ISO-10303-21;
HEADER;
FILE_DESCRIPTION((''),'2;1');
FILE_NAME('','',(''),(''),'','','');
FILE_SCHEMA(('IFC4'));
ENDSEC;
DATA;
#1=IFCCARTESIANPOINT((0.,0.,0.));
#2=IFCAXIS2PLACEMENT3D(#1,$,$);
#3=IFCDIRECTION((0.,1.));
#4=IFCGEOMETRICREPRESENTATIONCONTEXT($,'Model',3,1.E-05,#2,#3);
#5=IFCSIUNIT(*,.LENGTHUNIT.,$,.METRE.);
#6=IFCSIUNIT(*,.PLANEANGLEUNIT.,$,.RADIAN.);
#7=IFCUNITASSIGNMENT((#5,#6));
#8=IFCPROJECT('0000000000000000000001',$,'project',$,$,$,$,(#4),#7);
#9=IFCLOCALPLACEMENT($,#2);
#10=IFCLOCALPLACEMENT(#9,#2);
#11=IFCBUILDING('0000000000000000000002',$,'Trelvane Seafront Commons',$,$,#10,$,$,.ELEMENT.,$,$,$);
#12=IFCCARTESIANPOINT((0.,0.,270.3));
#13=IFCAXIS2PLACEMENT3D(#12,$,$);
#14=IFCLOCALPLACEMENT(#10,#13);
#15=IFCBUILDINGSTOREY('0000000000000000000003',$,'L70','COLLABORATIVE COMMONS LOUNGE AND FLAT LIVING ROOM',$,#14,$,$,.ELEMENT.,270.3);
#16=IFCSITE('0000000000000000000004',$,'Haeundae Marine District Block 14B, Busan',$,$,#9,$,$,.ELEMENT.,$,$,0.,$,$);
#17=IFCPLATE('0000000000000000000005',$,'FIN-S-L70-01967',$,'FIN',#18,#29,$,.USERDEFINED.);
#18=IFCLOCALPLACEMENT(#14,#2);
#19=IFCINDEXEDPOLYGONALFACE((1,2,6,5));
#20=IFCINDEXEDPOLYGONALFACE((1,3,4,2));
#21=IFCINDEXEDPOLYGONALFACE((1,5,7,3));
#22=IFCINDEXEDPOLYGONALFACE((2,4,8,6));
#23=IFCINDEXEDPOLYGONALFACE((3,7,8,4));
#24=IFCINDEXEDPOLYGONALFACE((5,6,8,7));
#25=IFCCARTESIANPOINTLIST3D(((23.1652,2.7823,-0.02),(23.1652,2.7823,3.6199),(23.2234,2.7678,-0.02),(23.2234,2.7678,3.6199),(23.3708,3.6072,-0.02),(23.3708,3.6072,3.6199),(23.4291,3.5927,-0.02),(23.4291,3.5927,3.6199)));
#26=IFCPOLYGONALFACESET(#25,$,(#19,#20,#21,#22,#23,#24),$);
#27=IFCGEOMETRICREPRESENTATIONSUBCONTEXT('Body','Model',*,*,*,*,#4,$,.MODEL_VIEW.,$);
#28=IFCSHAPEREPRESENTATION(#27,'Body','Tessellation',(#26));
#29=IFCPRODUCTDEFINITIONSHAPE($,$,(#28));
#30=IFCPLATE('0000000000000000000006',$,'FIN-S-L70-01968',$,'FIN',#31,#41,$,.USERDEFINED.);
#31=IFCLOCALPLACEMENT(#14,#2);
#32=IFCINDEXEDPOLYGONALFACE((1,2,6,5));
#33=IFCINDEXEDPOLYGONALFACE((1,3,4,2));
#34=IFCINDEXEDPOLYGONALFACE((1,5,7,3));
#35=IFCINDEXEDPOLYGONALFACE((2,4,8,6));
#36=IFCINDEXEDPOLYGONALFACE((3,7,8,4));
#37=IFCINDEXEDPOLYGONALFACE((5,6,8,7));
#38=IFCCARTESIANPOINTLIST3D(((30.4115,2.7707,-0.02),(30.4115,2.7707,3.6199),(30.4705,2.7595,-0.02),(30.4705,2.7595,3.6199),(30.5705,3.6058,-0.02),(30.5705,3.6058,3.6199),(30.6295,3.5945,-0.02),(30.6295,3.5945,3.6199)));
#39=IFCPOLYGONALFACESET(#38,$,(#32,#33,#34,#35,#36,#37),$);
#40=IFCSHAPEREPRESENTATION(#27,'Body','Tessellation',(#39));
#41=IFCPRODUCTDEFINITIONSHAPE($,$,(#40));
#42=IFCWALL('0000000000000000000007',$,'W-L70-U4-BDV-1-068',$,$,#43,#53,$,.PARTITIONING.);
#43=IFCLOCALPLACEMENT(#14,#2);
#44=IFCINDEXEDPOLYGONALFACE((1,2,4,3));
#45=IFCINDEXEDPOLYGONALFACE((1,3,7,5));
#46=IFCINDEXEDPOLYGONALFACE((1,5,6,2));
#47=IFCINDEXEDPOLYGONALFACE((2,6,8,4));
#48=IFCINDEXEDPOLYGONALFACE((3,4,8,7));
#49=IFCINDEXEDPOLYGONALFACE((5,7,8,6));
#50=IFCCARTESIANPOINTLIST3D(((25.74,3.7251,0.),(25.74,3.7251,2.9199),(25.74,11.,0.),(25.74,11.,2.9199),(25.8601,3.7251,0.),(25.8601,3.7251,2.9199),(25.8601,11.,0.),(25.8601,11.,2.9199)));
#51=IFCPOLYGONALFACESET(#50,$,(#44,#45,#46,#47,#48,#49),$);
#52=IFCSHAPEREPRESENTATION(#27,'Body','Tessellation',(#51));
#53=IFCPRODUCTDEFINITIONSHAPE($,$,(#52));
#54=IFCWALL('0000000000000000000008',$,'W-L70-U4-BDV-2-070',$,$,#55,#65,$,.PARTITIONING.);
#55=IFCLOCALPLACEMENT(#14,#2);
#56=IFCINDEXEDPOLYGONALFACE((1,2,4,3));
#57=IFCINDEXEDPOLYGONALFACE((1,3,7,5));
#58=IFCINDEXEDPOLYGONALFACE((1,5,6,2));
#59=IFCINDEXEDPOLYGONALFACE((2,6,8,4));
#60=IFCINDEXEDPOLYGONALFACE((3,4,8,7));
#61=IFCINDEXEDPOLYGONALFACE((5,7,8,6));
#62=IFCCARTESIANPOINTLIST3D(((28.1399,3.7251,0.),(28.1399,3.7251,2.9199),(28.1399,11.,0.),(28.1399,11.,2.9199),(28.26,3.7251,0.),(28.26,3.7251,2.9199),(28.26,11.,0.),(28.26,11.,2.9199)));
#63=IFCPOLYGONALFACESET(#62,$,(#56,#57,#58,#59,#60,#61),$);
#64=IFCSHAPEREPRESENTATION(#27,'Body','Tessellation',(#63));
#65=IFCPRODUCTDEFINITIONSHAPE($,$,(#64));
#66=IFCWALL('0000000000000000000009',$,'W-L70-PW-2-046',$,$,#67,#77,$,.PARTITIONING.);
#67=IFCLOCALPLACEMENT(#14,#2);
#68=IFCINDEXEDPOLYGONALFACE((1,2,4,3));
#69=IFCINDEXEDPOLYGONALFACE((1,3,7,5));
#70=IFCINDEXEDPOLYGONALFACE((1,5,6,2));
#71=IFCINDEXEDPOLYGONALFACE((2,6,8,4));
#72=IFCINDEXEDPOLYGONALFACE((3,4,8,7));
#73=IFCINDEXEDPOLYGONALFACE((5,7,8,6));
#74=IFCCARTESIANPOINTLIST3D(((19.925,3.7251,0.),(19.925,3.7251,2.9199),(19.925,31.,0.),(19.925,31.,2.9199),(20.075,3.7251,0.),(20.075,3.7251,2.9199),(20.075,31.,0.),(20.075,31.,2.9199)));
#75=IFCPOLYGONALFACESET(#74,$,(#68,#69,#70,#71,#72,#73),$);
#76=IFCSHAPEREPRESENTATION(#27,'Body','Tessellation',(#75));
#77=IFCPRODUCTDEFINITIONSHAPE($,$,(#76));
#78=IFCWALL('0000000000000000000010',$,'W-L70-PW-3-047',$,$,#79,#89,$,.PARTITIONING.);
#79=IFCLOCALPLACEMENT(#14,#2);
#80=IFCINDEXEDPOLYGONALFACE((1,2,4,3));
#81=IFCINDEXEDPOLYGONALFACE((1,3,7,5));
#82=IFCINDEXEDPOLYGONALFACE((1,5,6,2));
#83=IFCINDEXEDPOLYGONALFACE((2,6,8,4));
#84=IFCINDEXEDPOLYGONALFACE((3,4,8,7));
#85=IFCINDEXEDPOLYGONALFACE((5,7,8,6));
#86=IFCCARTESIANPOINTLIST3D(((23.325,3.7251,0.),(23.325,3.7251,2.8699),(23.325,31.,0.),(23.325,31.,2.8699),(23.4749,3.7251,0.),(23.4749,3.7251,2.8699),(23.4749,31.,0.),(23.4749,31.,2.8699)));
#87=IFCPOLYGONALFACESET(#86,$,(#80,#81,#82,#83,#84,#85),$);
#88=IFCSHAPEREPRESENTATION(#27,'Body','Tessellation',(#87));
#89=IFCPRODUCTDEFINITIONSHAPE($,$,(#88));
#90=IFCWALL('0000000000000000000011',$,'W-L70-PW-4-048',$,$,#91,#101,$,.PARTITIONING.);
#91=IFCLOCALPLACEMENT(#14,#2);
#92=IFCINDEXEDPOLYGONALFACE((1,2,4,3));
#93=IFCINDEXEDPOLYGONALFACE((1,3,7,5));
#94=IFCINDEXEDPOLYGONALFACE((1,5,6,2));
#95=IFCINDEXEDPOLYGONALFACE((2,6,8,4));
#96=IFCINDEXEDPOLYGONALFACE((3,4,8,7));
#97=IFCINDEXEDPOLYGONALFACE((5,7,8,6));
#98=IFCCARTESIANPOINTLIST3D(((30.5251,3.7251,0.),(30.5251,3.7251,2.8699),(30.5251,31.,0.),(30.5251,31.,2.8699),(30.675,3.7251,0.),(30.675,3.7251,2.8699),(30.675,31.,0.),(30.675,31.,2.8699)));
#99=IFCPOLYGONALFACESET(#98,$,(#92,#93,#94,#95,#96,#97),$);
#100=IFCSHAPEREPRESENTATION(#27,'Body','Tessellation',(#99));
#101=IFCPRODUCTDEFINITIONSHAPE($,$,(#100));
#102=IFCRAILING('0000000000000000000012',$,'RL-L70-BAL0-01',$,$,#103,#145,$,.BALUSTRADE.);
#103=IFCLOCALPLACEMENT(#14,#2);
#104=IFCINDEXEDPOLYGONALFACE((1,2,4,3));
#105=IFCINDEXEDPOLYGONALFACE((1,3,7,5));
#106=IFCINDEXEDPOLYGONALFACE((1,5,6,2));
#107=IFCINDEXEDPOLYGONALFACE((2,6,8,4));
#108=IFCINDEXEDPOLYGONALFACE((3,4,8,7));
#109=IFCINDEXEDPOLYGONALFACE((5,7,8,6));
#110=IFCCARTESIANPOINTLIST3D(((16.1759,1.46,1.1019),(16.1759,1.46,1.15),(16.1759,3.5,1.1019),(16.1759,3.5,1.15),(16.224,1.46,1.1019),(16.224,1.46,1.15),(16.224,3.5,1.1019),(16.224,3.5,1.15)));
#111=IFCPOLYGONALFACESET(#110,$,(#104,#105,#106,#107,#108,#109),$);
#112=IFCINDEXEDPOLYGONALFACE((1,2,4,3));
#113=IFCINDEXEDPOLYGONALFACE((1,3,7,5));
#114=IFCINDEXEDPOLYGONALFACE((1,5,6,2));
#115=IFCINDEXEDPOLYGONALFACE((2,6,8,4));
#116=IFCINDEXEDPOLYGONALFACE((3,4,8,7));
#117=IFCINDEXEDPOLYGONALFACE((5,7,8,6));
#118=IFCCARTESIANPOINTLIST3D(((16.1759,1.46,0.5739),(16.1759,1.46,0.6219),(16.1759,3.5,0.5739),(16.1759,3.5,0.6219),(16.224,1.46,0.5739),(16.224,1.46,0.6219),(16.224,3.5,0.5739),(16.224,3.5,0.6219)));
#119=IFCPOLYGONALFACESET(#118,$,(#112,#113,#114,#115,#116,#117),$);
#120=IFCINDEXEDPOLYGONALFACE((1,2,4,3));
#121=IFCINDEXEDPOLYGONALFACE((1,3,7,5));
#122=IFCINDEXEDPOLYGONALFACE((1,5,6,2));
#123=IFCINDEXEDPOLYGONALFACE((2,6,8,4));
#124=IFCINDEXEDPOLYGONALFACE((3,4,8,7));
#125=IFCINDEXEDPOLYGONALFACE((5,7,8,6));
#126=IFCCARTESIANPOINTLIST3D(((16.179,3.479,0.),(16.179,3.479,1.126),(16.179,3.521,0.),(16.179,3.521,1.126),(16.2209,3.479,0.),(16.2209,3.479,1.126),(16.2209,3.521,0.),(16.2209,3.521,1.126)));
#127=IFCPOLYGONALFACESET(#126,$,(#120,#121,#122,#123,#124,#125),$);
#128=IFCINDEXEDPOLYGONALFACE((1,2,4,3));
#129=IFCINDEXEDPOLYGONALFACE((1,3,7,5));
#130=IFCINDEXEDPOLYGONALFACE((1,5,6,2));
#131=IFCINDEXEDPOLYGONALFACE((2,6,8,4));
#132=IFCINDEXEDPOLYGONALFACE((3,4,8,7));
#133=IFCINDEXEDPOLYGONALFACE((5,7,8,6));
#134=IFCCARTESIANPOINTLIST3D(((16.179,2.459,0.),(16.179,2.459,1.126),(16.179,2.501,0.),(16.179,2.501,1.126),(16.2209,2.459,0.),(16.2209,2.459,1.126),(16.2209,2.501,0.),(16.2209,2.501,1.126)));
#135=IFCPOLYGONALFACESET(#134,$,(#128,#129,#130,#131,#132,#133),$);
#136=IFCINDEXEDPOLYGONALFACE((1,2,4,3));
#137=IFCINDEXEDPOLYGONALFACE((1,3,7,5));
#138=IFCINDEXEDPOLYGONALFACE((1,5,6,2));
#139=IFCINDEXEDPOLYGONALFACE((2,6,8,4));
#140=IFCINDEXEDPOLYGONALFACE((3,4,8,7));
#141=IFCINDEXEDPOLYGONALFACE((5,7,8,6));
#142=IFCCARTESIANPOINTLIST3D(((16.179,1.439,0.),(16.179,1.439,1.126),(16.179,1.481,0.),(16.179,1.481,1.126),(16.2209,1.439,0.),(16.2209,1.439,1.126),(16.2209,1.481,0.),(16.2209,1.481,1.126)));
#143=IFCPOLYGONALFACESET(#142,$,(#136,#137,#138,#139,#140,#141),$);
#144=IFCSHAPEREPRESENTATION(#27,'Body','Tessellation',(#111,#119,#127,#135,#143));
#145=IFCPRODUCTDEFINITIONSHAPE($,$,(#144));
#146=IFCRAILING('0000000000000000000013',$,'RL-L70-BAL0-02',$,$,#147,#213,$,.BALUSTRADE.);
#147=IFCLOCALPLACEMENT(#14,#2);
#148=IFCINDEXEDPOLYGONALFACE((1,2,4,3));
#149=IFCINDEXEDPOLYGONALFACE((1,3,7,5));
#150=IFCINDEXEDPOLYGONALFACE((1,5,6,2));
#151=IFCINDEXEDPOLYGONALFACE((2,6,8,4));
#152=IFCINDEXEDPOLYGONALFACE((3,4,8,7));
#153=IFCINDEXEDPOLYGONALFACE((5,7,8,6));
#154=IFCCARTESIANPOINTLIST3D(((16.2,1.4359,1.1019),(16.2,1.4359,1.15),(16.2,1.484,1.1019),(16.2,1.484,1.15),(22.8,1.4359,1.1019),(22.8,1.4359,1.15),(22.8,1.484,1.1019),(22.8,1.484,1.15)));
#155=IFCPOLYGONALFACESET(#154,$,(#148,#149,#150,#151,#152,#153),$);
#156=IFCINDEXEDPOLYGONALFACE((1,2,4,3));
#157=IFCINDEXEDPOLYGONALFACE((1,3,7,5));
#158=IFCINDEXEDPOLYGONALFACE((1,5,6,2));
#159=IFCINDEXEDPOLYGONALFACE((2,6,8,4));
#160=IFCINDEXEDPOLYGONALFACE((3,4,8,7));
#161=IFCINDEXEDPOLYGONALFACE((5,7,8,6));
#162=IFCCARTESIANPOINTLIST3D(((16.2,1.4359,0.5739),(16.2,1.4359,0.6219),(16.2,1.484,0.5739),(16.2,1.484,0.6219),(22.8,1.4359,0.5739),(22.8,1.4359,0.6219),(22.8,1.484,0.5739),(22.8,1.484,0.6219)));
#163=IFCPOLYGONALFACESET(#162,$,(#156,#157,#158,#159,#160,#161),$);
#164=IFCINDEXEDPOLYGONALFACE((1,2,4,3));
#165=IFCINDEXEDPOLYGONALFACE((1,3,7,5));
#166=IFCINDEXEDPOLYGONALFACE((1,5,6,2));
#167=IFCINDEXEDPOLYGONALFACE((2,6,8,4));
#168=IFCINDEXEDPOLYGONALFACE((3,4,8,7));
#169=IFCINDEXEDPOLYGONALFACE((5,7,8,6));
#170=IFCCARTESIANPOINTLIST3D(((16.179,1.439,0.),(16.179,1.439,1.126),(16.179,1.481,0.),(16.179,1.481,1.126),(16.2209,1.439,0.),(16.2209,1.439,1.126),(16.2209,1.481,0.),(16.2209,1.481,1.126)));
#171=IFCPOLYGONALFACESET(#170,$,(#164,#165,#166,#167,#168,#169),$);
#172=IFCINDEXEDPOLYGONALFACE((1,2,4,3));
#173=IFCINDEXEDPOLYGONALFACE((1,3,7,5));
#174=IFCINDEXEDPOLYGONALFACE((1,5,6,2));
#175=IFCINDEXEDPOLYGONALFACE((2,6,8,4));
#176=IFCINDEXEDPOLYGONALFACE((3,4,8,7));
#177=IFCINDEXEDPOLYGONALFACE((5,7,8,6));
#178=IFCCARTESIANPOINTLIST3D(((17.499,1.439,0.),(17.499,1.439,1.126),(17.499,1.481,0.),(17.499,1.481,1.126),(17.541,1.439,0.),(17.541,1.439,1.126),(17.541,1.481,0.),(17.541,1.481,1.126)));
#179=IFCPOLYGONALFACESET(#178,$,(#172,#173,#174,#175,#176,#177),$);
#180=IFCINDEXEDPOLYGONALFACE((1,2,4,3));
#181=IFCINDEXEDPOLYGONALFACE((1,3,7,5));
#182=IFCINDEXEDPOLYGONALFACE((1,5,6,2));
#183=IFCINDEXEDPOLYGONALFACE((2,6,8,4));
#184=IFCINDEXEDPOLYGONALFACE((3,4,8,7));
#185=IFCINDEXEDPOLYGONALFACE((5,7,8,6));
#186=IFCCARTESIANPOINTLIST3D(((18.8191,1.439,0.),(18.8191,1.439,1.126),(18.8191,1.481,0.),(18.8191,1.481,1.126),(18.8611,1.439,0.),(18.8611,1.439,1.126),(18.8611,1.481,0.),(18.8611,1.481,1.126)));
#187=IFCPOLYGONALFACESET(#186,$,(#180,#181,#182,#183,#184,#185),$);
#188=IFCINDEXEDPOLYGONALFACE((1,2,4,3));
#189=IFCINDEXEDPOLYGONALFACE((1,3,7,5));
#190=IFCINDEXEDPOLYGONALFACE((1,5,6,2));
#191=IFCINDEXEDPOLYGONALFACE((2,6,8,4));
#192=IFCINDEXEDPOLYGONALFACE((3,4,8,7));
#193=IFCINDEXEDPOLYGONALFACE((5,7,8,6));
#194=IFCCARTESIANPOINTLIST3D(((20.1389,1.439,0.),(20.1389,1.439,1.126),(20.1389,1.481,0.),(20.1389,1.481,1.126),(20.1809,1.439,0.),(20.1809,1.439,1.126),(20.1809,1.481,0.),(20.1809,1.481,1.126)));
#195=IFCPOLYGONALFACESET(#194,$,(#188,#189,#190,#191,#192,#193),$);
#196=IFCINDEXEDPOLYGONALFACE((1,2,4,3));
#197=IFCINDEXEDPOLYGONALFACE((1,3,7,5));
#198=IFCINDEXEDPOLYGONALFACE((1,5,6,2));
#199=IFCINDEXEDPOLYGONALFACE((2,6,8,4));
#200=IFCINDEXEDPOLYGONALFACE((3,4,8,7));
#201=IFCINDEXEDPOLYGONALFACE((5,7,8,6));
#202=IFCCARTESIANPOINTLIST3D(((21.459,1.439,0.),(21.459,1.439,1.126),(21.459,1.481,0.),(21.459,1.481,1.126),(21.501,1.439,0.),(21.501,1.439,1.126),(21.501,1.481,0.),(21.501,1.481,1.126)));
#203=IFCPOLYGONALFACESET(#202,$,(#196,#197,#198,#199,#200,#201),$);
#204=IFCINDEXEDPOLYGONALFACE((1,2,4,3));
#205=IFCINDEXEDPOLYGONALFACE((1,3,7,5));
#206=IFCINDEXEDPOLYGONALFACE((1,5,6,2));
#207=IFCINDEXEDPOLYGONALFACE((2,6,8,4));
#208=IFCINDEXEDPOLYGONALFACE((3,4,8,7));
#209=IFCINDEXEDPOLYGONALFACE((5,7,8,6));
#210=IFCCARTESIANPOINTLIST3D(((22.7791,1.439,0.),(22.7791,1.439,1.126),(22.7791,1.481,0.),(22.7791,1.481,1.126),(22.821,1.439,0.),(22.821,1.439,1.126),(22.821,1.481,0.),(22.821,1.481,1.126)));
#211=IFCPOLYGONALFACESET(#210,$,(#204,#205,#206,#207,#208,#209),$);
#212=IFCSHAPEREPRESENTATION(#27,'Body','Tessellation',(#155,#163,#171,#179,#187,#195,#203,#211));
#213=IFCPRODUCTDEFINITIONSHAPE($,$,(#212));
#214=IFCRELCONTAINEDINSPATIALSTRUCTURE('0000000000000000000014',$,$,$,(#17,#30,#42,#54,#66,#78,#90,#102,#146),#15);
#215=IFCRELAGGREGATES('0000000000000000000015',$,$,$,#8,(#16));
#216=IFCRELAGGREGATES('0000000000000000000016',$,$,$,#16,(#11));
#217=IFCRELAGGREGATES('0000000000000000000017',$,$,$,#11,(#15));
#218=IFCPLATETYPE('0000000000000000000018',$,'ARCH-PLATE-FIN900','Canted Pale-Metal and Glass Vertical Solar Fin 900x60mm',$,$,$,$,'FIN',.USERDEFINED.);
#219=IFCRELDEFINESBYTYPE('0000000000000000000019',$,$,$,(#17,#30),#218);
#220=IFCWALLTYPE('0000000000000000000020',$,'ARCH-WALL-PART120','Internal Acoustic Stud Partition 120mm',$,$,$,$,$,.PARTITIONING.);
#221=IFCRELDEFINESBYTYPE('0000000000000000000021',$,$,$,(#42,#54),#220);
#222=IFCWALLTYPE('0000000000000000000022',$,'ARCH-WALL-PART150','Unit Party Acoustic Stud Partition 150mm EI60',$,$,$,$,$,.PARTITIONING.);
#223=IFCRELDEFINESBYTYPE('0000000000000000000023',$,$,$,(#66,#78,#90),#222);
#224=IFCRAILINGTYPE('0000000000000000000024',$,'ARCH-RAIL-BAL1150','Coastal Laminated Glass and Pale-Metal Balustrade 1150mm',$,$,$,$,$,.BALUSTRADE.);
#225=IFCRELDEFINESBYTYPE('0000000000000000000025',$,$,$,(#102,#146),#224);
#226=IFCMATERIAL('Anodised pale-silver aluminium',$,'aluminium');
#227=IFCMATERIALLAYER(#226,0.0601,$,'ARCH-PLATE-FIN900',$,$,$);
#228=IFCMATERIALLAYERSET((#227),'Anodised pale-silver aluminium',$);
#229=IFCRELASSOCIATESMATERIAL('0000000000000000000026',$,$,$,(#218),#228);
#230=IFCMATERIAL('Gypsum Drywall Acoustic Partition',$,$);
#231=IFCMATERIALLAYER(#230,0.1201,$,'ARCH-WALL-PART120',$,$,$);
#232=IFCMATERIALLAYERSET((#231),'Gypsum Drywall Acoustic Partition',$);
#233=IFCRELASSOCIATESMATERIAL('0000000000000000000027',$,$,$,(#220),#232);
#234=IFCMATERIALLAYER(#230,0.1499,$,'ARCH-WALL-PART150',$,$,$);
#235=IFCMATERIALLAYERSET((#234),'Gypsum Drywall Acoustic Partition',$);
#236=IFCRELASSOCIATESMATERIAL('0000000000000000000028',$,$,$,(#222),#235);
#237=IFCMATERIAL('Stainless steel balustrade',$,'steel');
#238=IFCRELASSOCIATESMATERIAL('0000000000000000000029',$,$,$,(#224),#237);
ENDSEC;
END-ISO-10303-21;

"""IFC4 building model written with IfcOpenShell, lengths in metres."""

from ifc_helpers import new_model, si_unit, direction, frame, frame_2d, origin, origin_2d, place, context, subcontext, project, spatial, rectangle, extrude, source, transform, mapped, material, layer, layer_set, type_object, element, save


model = new_model("IFC4")

# Units and contexts
model_context = context("Model", 3, precision=1e-05, world=origin(), true_north=direction((0.0, 1.0)))
body_context = subcontext(model_context, "Body", "Model", "MODEL_VIEW")
ifc_project = project(units=[si_unit("LENGTHUNIT", "METRE"), si_unit("PLANEANGLEUNIT", "RADIAN")], contexts=[model_context])

# Site, building, storey
site_placement = place(None, origin())
site = spatial("IfcSite", under=ifc_project, at=site_placement, Name="Haeundae Marine District Block 14B, Busan", CompositionType="ELEMENT", RefElevation=0.0)
building_placement = place(site_placement, origin())
building = spatial("IfcBuilding", under=site, at=building_placement, Name="Trelvane Seafront Commons", CompositionType="ELEMENT")
storey_placement = place(building_placement, frame((0.0, 0.0, 270.3)))
storey = spatial("IfcBuildingStorey", under=building, at=storey_placement, Name="L70", Description="COLLABORATIVE COMMONS LOUNGE AND FLAT LIVING ROOM", CompositionType="ELEMENT", Elevation=270.3)

# Plates
ifc_material_1 = material(Name="Anodised pale-silver aluminium", Category="aluminium")
ifc_layer_1 = layer(ifc_material_1, 0.0601, Name="ARCH-PLATE-FIN900")
ifc_layer_set_1 = layer_set([ifc_layer_1], Name="Anodised pale-silver aluminium")
plate_type_1 = type_object("IfcPlateType", Name="ARCH-PLATE-FIN900", Description="Canted Pale-Metal and Glass Vertical Solar Fin 900x60mm", ElementType="FIN", PredefinedType="USERDEFINED", material=ifc_layer_set_1)
shared_shape_1 = source(origin(), body_context, "Body", "SweptSolid", [
    extrude(rectangle(XDim=0.8501, YDim=0.0601, at=origin_2d()), origin(), (0.0, 0.0, 1.0), 3.6399),
])
for number, where, z_axis, x_axis, name in (
    (1, (23.2971, 3.1875, -0.02), (0.0, 0.0, 1.0), (-0.241871, -0.970308, 0.0), "FIN-S-L70-01967"),
    (2, (30.5205, 3.1826, -0.02), (0.0, 0.0, 1.0), (-0.187057, -0.982349, 0.0), "FIN-S-L70-01968"),
):
    element("IfcPlate", number, at=place(storey_placement, frame(where, z_axis=z_axis, x_axis=x_axis)), inside=storey, type_object=plate_type_1, Name=name, ObjectType="FIN", PredefinedType="USERDEFINED", context=body_context, shape_type="MappedRepresentation", body=[
        mapped(shared_shape_1, transform((0.0, 0.0, 0.0), x_axis=(1.0, 0.0, 0.0), y_axis=(0.0, 1.0, 0.0), z_axis=(0.0, 0.0, 1.0), scale=1.0)),
    ])

# Shared definitions
ifc_material_2 = material(Name="Gypsum Drywall Acoustic Partition")
ifc_layer_2 = layer(ifc_material_2, 0.1201, Name="ARCH-WALL-PART120")
ifc_layer_set_2 = layer_set([ifc_layer_2], Name="Gypsum Drywall Acoustic Partition")
wall_type_1 = type_object("IfcWallType", Name="ARCH-WALL-PART120", Description="Internal Acoustic Stud Partition 120mm", PredefinedType="PARTITIONING", material=ifc_layer_set_2)

# Wall
wall_1_placement = place(storey_placement, frame((25.8, 3.7251, 0.0), z_axis=(0.0, 0.0, 1.0), x_axis=(0.0, 1.0, 0.0)))
element("IfcWall", 3, at=wall_1_placement, inside=storey, type_object=wall_type_1, Name="W-L70-U4-BDV-1-068", PredefinedType="PARTITIONING", context=body_context, shape_type="SweptSolid", body=[
    extrude(rectangle(XDim=7.2749, YDim=0.1201, at=frame_2d((3.6375, 0.0))), origin(), (0.0, 0.0, 1.0), 2.9199),
])

# Walls
wall_2_placement = place(storey_placement, frame((28.2, 3.7251, 0.0), z_axis=(0.0, 0.0, 1.0), x_axis=(0.0, 1.0, 0.0)))
element("IfcWall", 4, at=wall_2_placement, inside=storey, type_object=wall_type_1, Name="W-L70-U4-BDV-2-070", PredefinedType="PARTITIONING", context=body_context, shape_type="SweptSolid", body=[
    extrude(rectangle(XDim=7.2749, YDim=0.1201, at=frame_2d((3.6375, 0.0))), origin(), (0.0, 0.0, 1.0), 2.9199),
])
ifc_layer_3 = layer(ifc_material_2, 0.1499, Name="ARCH-WALL-PART150")
ifc_layer_set_3 = layer_set([ifc_layer_3], Name="Gypsum Drywall Acoustic Partition")
wall_type_2 = type_object("IfcWallType", Name="ARCH-WALL-PART150", Description="Unit Party Acoustic Stud Partition 150mm EI60", PredefinedType="PARTITIONING", material=ifc_layer_set_3)
wall_3_placement = place(storey_placement, frame((20.0, 3.7251, 0.0), z_axis=(0.0, 0.0, 1.0), x_axis=(0.0, 1.0, 0.0)))
element("IfcWall", 5, at=wall_3_placement, inside=storey, type_object=wall_type_2, Name="W-L70-PW-2-046", PredefinedType="PARTITIONING", context=body_context, shape_type="SweptSolid", body=[
    extrude(rectangle(XDim=27.2749, YDim=0.1499, at=frame_2d((13.6375, 0.0))), origin(), (0.0, 0.0, 1.0), 2.9199),
])
for number, where, z_axis, x_axis, name in (
    (6, (23.3999, 3.7251, 0.0), (0.0, 0.0, 1.0), (0.0, 1.0, 0.0), "W-L70-PW-3-047"),
    (7, (30.6001, 3.7251, 0.0), (0.0, 0.0, 1.0), (0.0, 1.0, 0.0), "W-L70-PW-4-048"),
):
    element("IfcWall", number, at=place(storey_placement, frame(where, z_axis=z_axis, x_axis=x_axis)), inside=storey, type_object=wall_type_2, Name=name, PredefinedType="PARTITIONING", context=body_context, shape_type="SweptSolid", body=[
        extrude(rectangle(XDim=27.2749, YDim=0.1499, at=frame_2d((13.6375, 0.0))), origin(), (0.0, 0.0, 1.0), 2.8699),
    ])

# Railings
ifc_material_3 = material(Name="Stainless steel balustrade", Category="steel")
railing_type = type_object("IfcRailingType", Name="ARCH-RAIL-BAL1150", Description="Coastal Laminated Glass and Pale-Metal Balustrade 1150mm", PredefinedType="BALUSTRADE", material=ifc_material_3)
railing_1_placement = place(storey_placement, frame((16.2, 3.5, 0.0)))
element("IfcRailing", 8, at=railing_1_placement, inside=storey, type_object=railing_type, Name="RL-L70-BAL0-01", PredefinedType="BALUSTRADE", context=body_context, shape_type="SweptSolid", body=[
    extrude(rectangle(XDim=0.0481, YDim=0.0481, at=origin_2d()), frame((0.0, 0.0, 1.126), z_axis=(0.0, -1.0, 0.0), x_axis=(1.0, 0.0, 0.0)), (0.0, 0.0, 1.0), 2.04),
    extrude(rectangle(XDim=0.0481, YDim=0.0481, at=origin_2d()), frame((0.0, 0.0, 0.5979), z_axis=(0.0, -1.0, 0.0), x_axis=(1.0, 0.0, 0.0)), (0.0, 0.0, 1.0), 2.04),
    extrude(rectangle(XDim=0.042, YDim=0.042, at=origin_2d()), origin(), (0.0, 0.0, 1.0), 1.126),
    extrude(rectangle(XDim=0.042, YDim=0.042, at=origin_2d()), frame((0.0, -1.02, 0.0)), (0.0, 0.0, 1.0), 1.126),
    extrude(rectangle(XDim=0.042, YDim=0.042, at=origin_2d()), frame((0.0, -2.04, 0.0)), (0.0, 0.0, 1.0), 1.126),
])
railing_2_placement = place(storey_placement, frame((16.2, 1.46, 0.0)))
element("IfcRailing", 9, at=railing_2_placement, inside=storey, type_object=railing_type, Name="RL-L70-BAL0-02", PredefinedType="BALUSTRADE", context=body_context, shape_type="SweptSolid", body=[
    extrude(rectangle(XDim=0.0481, YDim=0.0481, at=origin_2d()), frame((0.0, 0.0, 1.126), z_axis=(1.0, 0.0, 0.0), x_axis=(0.0, 1.0, 0.0)), (0.0, 0.0, 1.0), 6.6001),
    extrude(rectangle(XDim=0.0481, YDim=0.0481, at=origin_2d()), frame((0.0, 0.0, 0.5979), z_axis=(1.0, 0.0, 0.0), x_axis=(0.0, 1.0, 0.0)), (0.0, 0.0, 1.0), 6.6001),
    extrude(rectangle(XDim=0.042, YDim=0.042, at=origin_2d()), origin(), (0.0, 0.0, 1.0), 1.126),
    extrude(rectangle(XDim=0.042, YDim=0.042, at=origin_2d()), frame((1.3201, 0.0, 0.0)), (0.0, 0.0, 1.0), 1.126),
    extrude(rectangle(XDim=0.042, YDim=0.042, at=origin_2d()), frame((2.6401, 0.0, 0.0)), (0.0, 0.0, 1.0), 1.126),
    extrude(rectangle(XDim=0.042, YDim=0.042, at=origin_2d()), frame((3.96, 0.0, 0.0)), (0.0, 0.0, 1.0), 1.126),
    extrude(rectangle(XDim=0.042, YDim=0.042, at=origin_2d()), frame((5.28, 0.0, 0.0)), (0.0, 0.0, 1.0), 1.126),
    extrude(rectangle(XDim=0.042, YDim=0.042, at=origin_2d()), frame((6.6001, 0.0, 0.0)), (0.0, 0.0, 1.0), 1.126),
])

save(model, "model.ifc")
